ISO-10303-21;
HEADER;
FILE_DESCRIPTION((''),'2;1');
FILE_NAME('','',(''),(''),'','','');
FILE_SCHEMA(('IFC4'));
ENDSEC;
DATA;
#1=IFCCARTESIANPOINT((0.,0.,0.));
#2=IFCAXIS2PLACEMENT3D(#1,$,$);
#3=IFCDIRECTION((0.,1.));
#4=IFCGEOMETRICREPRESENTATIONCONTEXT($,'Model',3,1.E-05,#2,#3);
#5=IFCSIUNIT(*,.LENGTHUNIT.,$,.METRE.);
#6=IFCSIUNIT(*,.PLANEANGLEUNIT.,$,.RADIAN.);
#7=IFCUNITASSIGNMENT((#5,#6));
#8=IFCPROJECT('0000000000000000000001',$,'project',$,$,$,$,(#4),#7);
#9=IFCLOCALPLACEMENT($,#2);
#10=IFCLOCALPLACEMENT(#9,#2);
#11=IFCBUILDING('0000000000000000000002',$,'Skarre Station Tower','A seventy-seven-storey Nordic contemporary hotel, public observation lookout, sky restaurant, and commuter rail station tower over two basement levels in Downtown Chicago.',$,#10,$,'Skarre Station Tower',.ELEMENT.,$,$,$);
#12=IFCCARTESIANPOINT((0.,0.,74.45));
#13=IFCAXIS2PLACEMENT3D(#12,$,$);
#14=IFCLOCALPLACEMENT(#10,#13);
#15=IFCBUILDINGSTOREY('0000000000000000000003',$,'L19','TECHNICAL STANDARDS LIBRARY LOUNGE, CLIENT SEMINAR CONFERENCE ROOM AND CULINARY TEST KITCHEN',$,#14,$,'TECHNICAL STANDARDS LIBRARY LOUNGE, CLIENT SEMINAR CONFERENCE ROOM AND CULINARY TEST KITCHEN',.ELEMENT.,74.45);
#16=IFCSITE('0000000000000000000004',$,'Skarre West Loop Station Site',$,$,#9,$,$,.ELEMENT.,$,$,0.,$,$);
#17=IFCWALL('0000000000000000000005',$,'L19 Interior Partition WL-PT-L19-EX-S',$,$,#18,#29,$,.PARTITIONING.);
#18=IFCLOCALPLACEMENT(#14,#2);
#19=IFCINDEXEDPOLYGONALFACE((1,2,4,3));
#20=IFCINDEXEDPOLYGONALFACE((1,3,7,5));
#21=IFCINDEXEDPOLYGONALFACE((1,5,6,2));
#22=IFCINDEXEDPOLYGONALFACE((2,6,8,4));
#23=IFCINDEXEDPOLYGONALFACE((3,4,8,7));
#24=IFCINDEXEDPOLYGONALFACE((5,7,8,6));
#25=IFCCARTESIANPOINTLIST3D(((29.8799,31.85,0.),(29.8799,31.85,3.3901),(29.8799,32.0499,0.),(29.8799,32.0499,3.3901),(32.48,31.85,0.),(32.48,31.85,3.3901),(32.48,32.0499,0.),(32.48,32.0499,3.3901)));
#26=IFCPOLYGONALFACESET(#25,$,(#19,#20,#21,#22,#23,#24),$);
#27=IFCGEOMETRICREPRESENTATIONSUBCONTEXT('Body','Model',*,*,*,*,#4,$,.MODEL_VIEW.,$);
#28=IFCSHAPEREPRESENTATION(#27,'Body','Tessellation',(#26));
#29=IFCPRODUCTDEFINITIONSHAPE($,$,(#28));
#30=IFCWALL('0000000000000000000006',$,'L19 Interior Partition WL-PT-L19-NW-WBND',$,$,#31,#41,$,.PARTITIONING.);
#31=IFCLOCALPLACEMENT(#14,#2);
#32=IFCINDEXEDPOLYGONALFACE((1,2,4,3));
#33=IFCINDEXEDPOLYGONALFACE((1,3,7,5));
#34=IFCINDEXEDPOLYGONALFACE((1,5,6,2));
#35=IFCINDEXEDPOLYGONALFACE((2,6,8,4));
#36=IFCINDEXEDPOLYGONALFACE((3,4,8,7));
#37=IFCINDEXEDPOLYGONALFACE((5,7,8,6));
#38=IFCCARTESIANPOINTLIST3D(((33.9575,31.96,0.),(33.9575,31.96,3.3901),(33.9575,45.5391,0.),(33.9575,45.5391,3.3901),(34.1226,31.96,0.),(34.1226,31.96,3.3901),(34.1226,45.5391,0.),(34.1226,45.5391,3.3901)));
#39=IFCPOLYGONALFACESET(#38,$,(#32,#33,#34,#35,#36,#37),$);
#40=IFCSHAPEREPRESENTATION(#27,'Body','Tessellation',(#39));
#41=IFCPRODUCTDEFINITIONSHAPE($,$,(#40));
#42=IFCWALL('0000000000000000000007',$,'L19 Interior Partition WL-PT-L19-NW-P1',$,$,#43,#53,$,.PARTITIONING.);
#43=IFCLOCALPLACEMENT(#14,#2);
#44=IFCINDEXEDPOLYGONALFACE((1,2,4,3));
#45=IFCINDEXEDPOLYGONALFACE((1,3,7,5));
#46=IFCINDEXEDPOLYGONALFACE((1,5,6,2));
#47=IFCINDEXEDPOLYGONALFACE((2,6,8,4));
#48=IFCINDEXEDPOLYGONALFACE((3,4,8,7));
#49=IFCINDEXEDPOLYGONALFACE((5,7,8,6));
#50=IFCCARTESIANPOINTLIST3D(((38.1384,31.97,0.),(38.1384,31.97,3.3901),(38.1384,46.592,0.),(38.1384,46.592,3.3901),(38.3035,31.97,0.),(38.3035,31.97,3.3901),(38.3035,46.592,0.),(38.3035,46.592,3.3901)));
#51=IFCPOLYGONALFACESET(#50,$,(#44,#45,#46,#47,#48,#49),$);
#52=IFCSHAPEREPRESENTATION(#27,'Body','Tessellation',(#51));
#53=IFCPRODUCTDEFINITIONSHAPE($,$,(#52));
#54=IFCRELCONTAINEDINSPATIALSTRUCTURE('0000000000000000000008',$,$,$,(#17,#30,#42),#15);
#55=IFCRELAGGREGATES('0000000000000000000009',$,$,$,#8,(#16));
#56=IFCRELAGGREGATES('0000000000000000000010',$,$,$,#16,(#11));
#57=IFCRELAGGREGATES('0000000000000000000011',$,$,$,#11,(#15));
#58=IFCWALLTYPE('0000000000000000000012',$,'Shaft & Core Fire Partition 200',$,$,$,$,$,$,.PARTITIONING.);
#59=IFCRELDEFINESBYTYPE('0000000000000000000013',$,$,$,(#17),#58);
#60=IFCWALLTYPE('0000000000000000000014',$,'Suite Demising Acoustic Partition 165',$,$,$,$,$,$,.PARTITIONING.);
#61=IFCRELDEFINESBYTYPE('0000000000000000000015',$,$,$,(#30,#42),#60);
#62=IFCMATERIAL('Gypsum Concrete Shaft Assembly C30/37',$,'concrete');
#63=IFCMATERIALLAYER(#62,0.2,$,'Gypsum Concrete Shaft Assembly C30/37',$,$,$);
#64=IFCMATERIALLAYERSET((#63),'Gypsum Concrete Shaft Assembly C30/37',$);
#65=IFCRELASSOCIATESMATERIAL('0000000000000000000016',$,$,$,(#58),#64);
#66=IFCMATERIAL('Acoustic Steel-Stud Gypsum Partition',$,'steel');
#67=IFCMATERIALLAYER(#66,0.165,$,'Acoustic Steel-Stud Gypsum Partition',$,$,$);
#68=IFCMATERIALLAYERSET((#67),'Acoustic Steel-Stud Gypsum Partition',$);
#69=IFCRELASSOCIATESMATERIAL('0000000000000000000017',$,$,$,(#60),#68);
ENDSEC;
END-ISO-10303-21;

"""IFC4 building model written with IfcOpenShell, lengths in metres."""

from ifc_helpers import new_model, si_unit, direction, frame, frame_2d, origin, place, context, subcontext, project, spatial, rectangle, extrude, material, layer, layer_set, type_object, element, save


model = new_model("IFC4")

# Units and contexts
model_context = context("Model", 3, precision=1e-05, world=origin(), true_north=direction((0.0, 1.0)))
body_context = subcontext(model_context, "Body", "Model", "MODEL_VIEW")
ifc_project = project(units=[si_unit("LENGTHUNIT", "METRE"), si_unit("PLANEANGLEUNIT", "RADIAN")], contexts=[model_context])

# Site, building, storey
site_placement = place(None, origin())
site = spatial("IfcSite", under=ifc_project, at=site_placement, Name="Skarre West Loop Station Site", CompositionType="ELEMENT", RefElevation=0.0)
building_placement = place(site_placement, origin())
building = spatial("IfcBuilding", under=site, at=building_placement, Name="Skarre Station Tower", Description="A seventy-seven-storey Nordic contemporary hotel, public observation lookout, sky restaurant, and commuter rail station tower over two basement levels in Downtown Chicago.", LongName="Skarre Station Tower", CompositionType="ELEMENT")
storey_placement = place(building_placement, frame((0.0, 0.0, 74.45)))
storey = spatial("IfcBuildingStorey", under=building, at=storey_placement, Name="L19", Description="TECHNICAL STANDARDS LIBRARY LOUNGE, CLIENT SEMINAR CONFERENCE ROOM AND CULINARY TEST KITCHEN", LongName="TECHNICAL STANDARDS LIBRARY LOUNGE, CLIENT SEMINAR CONFERENCE ROOM AND CULINARY TEST KITCHEN", CompositionType="ELEMENT", Elevation=74.45)

# Shared definitions
ifc_material_1 = material(Name="Acoustic Steel-Stud Gypsum Partition", Category="steel")

# Walls
ifc_material_2 = material(Name="Gypsum Concrete Shaft Assembly C30/37", Category="concrete")
ifc_layer_1 = layer(ifc_material_2, 0.2, Name="Gypsum Concrete Shaft Assembly C30/37")
ifc_layer_set_1 = layer_set([ifc_layer_1], Name="Gypsum Concrete Shaft Assembly C30/37")
wall_type_1 = type_object("IfcWallType", Name="Shaft & Core Fire Partition 200", PredefinedType="PARTITIONING", material=ifc_layer_set_1)
wall_1_placement = place(storey_placement, frame((32.48, 31.95, 0.0), z_axis=(0.0, 0.0, 1.0), x_axis=(-1.0, 0.0, 0.0)))
element("IfcWall", 1, at=wall_1_placement, inside=storey, type_object=wall_type_1, Name="L19 Interior Partition WL-PT-L19-EX-S", PredefinedType="PARTITIONING", context=body_context, shape_type="SweptSolid", body=[
    extrude(rectangle(XDim=2.6001, YDim=0.2, at=frame_2d((1.3, 0.0))), origin(), (0.0, 0.0, 1.0), 3.3901),
])
ifc_layer_2 = layer(ifc_material_1, 0.165, Name="Acoustic Steel-Stud Gypsum Partition")
ifc_layer_set_2 = layer_set([ifc_layer_2], Name="Acoustic Steel-Stud Gypsum Partition")
wall_type_2 = type_object("IfcWallType", Name="Suite Demising Acoustic Partition 165", PredefinedType="PARTITIONING", material=ifc_layer_set_2)
wall_2_placement = place(storey_placement, frame((34.04, 31.96, 0.0), z_axis=(0.0, 0.0, 1.0), x_axis=(0.0, 1.0, 0.0)))
element("IfcWall", 2, at=wall_2_placement, inside=storey, type_object=wall_type_2, Name="L19 Interior Partition WL-PT-L19-NW-WBND", PredefinedType="PARTITIONING", context=body_context, shape_type="SweptSolid", body=[
    extrude(rectangle(XDim=13.5791, YDim=0.165, at=frame_2d((6.7896, 0.0))), origin(), (0.0, 0.0, 1.0), 3.3901),
])
wall_3_placement = place(storey_placement, frame((38.2209, 31.97, 0.0), z_axis=(0.0, 0.0, 1.0), x_axis=(0.0, 1.0, 0.0)))
element("IfcWall", 3, at=wall_3_placement, inside=storey, type_object=wall_type_2, Name="L19 Interior Partition WL-PT-L19-NW-P1", PredefinedType="PARTITIONING", context=body_context, shape_type="SweptSolid", body=[
    extrude(rectangle(XDim=14.6221, YDim=0.165, at=frame_2d((7.311, 0.0))), origin(), (0.0, 0.0, 1.0), 3.3901),
])

save(model, "model.ifc")
